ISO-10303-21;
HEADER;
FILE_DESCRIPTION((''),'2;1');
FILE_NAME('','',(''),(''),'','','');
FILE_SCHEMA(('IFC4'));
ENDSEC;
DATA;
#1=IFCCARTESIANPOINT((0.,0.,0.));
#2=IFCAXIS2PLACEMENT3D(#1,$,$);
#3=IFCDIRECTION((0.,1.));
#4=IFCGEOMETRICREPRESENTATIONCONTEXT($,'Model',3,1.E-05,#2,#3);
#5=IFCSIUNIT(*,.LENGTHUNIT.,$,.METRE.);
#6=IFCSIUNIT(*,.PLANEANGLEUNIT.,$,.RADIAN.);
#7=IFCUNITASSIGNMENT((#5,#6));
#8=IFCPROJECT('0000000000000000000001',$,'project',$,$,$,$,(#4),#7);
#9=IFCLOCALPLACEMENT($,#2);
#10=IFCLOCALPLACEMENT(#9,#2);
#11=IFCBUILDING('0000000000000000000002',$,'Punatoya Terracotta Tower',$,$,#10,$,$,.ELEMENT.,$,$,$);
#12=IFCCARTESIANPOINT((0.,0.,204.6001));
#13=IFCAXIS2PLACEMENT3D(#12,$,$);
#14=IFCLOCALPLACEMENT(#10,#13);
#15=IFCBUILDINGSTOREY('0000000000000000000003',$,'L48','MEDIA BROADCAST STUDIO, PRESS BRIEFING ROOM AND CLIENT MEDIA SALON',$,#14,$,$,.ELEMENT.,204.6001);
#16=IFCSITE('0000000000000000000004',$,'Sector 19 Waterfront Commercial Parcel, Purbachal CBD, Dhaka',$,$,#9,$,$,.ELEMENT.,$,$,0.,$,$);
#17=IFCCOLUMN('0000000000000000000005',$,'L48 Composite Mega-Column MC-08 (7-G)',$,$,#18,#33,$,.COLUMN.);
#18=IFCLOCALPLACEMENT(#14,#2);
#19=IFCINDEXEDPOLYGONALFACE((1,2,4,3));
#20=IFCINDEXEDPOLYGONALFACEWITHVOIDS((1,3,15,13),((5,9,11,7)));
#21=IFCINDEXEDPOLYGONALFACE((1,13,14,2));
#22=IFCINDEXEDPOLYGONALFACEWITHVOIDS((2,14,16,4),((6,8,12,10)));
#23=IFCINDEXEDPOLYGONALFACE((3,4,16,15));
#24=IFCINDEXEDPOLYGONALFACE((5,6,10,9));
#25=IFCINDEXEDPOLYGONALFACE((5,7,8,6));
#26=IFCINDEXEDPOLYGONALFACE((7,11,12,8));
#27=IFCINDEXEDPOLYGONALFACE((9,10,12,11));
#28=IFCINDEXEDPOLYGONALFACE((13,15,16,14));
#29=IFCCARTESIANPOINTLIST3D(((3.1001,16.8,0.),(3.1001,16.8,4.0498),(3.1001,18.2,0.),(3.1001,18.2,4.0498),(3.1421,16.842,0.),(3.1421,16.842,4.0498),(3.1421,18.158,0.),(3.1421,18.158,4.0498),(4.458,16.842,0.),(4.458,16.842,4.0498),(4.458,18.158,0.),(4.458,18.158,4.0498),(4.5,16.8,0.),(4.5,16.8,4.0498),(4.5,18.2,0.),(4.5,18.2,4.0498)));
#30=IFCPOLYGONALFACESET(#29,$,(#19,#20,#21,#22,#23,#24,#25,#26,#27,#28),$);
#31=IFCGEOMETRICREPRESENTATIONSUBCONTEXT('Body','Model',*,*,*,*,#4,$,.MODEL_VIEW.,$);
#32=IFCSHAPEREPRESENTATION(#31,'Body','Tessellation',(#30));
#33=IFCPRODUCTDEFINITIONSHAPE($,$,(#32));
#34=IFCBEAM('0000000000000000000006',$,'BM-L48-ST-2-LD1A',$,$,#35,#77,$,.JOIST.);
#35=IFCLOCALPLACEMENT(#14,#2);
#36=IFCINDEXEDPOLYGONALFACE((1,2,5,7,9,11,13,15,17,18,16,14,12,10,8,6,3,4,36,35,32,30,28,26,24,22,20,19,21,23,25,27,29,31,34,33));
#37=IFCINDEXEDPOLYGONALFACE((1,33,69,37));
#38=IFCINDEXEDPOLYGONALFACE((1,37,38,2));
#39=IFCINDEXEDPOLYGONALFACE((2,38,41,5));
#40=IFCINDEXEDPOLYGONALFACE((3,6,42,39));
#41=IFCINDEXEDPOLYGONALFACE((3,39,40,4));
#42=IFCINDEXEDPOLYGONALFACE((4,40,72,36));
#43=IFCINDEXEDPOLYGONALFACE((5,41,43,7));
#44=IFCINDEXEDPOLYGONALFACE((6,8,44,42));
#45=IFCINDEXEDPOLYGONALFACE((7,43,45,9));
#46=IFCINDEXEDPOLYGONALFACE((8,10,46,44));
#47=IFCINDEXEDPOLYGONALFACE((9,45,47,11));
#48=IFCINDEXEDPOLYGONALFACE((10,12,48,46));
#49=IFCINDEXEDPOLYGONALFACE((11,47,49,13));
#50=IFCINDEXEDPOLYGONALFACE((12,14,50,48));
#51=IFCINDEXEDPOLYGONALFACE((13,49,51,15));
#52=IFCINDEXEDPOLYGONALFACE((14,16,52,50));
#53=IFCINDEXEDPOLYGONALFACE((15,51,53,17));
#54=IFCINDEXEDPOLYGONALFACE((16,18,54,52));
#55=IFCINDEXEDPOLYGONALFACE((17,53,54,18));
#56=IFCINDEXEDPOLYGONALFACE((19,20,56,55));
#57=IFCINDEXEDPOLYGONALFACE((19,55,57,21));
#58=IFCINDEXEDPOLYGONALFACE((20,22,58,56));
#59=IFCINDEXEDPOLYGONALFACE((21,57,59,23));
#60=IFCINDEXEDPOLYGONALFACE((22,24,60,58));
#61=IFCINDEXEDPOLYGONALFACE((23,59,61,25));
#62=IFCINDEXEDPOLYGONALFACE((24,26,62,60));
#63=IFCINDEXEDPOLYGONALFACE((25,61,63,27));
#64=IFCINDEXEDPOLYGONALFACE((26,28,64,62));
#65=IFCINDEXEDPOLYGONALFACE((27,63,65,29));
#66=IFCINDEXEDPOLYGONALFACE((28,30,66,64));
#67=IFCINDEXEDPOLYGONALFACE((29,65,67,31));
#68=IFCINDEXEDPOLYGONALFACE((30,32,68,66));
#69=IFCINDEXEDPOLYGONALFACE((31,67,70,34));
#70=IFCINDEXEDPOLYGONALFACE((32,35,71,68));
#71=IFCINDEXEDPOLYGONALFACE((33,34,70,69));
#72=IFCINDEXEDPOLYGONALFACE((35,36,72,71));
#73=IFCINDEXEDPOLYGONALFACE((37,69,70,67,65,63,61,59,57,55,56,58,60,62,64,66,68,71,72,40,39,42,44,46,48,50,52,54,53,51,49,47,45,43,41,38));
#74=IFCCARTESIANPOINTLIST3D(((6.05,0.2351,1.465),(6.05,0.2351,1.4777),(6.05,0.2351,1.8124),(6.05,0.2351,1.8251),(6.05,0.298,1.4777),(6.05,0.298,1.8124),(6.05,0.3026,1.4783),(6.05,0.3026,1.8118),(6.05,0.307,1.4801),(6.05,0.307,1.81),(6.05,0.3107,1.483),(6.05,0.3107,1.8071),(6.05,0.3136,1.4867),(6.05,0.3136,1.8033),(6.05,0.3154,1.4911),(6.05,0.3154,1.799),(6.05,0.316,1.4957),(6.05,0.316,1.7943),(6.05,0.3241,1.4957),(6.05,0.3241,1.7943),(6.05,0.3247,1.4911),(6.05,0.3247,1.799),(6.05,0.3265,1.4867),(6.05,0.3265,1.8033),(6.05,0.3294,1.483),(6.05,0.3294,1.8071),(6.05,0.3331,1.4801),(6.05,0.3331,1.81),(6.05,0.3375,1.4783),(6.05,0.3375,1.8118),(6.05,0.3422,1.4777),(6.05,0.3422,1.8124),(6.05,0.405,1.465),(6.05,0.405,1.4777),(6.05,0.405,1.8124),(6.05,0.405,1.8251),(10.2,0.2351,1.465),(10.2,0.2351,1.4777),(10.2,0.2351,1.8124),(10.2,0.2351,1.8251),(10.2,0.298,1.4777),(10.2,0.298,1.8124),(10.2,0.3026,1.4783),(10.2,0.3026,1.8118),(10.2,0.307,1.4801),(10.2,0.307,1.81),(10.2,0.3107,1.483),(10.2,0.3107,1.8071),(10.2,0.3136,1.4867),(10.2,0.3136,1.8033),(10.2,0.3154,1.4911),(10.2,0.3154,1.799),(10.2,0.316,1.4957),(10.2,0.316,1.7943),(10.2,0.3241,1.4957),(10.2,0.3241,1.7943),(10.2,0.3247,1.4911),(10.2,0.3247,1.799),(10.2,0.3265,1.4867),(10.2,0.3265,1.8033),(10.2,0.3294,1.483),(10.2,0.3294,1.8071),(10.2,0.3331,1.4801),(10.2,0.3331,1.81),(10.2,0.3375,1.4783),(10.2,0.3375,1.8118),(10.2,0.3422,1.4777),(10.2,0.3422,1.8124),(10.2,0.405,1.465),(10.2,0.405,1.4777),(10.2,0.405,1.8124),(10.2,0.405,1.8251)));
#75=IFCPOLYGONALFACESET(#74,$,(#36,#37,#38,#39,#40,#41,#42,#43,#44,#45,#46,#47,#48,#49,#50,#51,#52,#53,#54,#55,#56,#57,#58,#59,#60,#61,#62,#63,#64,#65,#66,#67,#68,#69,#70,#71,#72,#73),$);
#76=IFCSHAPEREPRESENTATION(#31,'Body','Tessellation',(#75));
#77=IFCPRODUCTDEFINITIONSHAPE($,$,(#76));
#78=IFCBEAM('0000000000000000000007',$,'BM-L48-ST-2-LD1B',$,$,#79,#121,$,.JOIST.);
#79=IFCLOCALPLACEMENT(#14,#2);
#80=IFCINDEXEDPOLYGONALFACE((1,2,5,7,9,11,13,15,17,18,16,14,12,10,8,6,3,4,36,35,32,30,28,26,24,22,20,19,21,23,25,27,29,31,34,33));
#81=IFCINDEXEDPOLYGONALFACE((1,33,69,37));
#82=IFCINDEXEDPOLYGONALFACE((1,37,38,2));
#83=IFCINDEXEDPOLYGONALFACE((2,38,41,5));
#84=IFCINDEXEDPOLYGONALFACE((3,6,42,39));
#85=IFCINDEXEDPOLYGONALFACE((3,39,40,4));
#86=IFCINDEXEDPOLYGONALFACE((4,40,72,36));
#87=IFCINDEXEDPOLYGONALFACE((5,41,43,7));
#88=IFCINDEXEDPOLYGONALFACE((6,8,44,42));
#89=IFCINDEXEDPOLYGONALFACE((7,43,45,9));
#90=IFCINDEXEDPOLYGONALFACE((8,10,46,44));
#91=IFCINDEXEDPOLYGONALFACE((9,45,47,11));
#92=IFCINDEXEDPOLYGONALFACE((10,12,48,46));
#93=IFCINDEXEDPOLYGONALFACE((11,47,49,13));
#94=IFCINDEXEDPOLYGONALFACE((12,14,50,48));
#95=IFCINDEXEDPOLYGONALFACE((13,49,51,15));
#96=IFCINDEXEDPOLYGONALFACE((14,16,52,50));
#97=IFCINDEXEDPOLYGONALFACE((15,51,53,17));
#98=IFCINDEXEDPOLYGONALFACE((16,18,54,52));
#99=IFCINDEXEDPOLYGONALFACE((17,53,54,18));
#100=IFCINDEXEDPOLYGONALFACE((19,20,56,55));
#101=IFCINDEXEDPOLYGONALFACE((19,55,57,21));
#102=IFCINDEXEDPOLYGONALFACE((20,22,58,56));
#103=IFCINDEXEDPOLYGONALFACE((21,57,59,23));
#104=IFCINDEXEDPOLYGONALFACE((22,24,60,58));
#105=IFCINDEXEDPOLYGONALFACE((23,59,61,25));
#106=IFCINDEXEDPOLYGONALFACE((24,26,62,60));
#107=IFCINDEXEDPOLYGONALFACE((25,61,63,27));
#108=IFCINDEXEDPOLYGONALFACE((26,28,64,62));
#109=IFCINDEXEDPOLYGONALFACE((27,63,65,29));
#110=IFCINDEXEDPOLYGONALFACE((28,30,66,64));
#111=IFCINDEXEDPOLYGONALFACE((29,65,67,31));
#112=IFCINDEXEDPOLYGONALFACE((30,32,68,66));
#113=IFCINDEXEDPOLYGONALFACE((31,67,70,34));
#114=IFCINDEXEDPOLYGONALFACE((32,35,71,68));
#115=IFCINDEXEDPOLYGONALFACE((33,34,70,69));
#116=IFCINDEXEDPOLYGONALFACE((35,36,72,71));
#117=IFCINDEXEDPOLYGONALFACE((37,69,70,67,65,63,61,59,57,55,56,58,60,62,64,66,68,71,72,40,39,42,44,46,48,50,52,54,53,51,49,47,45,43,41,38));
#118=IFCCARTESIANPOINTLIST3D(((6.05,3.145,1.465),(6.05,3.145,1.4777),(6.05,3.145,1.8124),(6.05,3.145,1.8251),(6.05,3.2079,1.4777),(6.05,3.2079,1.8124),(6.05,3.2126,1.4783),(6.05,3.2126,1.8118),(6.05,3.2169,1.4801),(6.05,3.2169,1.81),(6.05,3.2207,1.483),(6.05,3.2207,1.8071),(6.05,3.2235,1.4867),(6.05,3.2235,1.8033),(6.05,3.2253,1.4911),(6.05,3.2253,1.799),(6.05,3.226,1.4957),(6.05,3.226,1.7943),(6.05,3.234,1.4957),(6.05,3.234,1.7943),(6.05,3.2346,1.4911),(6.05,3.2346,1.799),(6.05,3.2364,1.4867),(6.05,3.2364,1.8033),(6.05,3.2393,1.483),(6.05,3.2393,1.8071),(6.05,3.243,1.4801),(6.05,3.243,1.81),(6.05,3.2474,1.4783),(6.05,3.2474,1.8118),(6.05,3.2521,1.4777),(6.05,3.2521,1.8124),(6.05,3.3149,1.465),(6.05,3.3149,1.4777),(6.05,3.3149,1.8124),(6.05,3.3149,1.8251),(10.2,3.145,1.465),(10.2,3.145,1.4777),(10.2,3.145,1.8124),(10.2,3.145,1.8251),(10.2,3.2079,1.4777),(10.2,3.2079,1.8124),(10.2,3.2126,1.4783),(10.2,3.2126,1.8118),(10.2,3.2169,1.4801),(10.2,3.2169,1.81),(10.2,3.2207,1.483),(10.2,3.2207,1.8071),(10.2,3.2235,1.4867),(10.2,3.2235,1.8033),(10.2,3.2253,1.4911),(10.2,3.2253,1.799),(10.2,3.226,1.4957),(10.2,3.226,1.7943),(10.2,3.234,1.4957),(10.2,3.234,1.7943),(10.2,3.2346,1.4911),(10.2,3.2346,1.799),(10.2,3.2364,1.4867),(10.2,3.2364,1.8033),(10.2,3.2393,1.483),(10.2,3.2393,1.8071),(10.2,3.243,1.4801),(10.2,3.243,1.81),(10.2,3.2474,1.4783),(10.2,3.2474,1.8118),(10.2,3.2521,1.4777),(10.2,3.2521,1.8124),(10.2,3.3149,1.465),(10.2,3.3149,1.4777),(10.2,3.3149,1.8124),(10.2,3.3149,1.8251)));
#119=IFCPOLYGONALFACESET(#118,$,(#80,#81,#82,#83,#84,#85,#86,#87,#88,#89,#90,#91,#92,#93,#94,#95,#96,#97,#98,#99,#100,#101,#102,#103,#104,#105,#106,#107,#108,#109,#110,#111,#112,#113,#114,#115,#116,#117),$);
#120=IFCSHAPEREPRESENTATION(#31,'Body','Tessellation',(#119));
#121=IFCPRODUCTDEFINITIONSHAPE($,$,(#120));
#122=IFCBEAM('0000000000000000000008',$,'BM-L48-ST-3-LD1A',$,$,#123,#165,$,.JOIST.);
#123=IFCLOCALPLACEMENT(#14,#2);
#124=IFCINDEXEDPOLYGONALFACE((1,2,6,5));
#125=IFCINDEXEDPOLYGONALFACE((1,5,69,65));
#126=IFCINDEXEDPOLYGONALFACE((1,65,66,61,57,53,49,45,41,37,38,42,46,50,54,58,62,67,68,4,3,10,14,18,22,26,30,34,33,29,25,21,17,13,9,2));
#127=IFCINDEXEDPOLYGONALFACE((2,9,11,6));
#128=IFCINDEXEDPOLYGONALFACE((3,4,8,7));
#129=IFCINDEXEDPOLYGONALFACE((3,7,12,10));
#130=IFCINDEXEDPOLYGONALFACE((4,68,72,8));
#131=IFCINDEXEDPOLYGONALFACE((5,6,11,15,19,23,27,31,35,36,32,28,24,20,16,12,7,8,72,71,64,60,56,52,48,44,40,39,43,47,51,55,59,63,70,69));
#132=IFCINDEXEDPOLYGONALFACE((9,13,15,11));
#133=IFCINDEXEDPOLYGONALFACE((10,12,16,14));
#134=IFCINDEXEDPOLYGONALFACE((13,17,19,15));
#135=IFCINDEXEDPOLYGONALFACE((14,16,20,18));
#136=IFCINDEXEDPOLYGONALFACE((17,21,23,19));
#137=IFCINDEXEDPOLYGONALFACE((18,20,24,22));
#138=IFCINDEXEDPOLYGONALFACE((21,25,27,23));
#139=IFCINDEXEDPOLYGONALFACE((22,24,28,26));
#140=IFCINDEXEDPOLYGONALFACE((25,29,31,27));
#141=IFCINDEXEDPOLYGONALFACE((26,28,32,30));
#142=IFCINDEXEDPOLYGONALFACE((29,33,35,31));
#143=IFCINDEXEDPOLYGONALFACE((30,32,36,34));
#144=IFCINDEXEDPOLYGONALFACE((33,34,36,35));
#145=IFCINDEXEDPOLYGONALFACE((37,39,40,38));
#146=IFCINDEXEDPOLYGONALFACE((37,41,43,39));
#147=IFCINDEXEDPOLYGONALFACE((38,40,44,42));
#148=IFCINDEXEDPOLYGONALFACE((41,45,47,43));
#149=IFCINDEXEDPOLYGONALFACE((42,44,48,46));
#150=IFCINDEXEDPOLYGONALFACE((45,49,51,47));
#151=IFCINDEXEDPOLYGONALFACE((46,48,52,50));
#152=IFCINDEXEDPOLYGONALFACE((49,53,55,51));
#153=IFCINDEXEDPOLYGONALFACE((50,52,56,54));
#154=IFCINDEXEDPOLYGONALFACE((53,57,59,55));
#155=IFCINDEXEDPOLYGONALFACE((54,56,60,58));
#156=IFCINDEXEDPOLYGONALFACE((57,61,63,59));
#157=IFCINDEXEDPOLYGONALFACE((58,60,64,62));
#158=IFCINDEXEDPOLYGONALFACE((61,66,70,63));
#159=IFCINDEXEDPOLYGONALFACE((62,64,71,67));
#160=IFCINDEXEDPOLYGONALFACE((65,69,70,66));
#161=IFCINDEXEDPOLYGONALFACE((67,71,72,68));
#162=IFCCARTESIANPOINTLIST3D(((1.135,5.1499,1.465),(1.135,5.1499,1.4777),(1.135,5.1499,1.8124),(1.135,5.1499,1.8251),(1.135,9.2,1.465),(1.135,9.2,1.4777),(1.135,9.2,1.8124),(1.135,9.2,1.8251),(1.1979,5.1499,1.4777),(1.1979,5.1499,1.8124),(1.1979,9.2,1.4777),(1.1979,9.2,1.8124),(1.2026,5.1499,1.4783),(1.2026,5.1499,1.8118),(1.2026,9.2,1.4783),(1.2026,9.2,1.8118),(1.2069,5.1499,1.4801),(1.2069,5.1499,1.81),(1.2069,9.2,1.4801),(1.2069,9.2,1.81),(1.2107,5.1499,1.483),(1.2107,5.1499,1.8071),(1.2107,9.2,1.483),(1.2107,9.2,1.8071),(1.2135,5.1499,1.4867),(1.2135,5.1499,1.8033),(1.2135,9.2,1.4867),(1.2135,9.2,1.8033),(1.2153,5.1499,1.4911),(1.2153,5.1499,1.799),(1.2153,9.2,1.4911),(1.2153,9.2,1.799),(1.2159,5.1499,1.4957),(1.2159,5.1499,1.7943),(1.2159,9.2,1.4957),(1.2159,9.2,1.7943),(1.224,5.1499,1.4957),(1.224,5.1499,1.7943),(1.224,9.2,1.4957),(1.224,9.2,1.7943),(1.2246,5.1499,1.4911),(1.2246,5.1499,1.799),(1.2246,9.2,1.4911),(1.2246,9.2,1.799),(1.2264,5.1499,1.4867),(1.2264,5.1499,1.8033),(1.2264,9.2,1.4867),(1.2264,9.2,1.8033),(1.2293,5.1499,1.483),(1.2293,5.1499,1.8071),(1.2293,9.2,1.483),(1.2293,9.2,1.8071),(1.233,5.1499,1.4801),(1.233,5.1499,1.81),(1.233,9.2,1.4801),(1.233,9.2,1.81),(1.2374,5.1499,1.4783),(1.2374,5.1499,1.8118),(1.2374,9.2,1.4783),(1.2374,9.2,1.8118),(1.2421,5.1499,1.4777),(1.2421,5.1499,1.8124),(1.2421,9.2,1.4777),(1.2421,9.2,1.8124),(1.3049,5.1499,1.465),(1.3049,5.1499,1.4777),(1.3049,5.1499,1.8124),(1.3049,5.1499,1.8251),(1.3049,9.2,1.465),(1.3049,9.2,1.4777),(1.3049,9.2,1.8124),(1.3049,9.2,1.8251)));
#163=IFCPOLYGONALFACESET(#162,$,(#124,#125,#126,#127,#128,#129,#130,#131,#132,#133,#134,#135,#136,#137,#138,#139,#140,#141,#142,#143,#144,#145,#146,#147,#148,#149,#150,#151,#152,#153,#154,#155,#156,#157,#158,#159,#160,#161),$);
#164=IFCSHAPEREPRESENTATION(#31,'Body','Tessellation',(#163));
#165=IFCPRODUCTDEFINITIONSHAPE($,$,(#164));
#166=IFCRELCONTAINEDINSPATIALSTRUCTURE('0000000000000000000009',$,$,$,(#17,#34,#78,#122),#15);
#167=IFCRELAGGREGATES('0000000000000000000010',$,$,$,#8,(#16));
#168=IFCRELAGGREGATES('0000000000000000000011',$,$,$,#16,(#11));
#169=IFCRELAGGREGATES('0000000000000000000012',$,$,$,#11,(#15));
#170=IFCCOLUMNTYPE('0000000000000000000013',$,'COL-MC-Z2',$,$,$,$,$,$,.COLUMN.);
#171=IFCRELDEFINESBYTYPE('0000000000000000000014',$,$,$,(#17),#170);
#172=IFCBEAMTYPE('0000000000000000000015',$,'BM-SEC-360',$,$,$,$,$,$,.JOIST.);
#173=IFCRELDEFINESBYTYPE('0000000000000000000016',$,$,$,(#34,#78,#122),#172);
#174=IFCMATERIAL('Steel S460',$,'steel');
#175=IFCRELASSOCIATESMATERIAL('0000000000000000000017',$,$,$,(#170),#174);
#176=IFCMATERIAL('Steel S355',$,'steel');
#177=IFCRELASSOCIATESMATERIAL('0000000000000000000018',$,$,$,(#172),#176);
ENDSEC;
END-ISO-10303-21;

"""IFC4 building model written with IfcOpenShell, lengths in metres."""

from ifc_helpers import new_model, si_unit, direction, frame, origin, origin_2d, place, context, subcontext, project, spatial, hollow_rectangle, i_section, extrude, material, material_profile, profile_set, type_object, element, save


model = new_model("IFC4")

# Units and contexts
model_context = context("Model", 3, precision=1e-05, world=origin(), true_north=direction((0.0, 1.0)))
body_context = subcontext(model_context, "Body", "Model", "MODEL_VIEW")
ifc_project = project(units=[si_unit("LENGTHUNIT", "METRE"), si_unit("PLANEANGLEUNIT", "RADIAN")], contexts=[model_context])

# Site, building, storey
site_placement = place(None, origin())
site = spatial("IfcSite", under=ifc_project, at=site_placement, Name="Sector 19 Waterfront Commercial Parcel, Purbachal CBD, Dhaka", CompositionType="ELEMENT", RefElevation=0.0)
building_placement = place(site_placement, origin())
building = spatial("IfcBuilding", under=site, at=building_placement, Name="Punatoya Terracotta Tower", CompositionType="ELEMENT")
storey_placement = place(building_placement, frame((0.0, 0.0, 204.6001)))
storey = spatial("IfcBuildingStorey", under=building, at=storey_placement, Name="L48", Description="MEDIA BROADCAST STUDIO, PRESS BRIEFING ROOM AND CLIENT MEDIA SALON", CompositionType="ELEMENT", Elevation=204.6001)

# Column
ifc_material_1 = material(Name="Steel S460", Category="steel")
ifc_material_profile_1 = material_profile(ifc_material_1, hollow_rectangle(XDim=1.3999, YDim=1.3999, WallThickness=0.042, at=origin_2d()))
ifc_profile_set_1 = profile_set([ifc_material_profile_1], Name="Steel S460")
column_type = type_object("IfcColumnType", Name="COL-MC-Z2", PredefinedType="COLUMN", material=ifc_profile_set_1)
column_placement = place(storey_placement, frame((3.8, 17.5, 0.0), z_axis=(0.0, 0.0, 1.0), x_axis=(1.0, 0.0, 0.0)))
element("IfcColumn", 1, at=column_placement, inside=storey, type_object=column_type, Name="L48 Composite Mega-Column MC-08 (7-G)", PredefinedType="COLUMN", context=body_context, shape_type="SweptSolid", body=[
    extrude(hollow_rectangle(XDim=1.3999, YDim=1.3999, WallThickness=0.042, at=origin_2d()), origin(), (0.0, 0.0, 1.0), 4.0498),
])

# Beams
ifc_material_2 = material(Name="Steel S355", Category="steel")
ifc_material_profile_2 = material_profile(ifc_material_2, i_section(OverallWidth=0.1699, OverallDepth=0.3601, WebThickness=0.0081, FlangeThickness=0.0127, FilletRadius=0.0181, at=origin_2d()))
ifc_profile_set_2 = profile_set([ifc_material_profile_2], Name="Steel S355")
beam_type_1 = type_object("IfcBeamType", Name="BM-SEC-360", PredefinedType="JOIST", material=ifc_profile_set_2)
for number, where, z_axis, x_axis, name in (
    (2, (6.05, 0.3201, 1.645), (1.0, 0.0, 0.0), (0.0, 1.0, 0.0), "BM-L48-ST-2-LD1A"),
    (3, (6.05, 3.23, 1.645), (1.0, 0.0, 0.0), (0.0, 1.0, 0.0), "BM-L48-ST-2-LD1B"),
):
    element("IfcBeam", number, at=place(storey_placement, frame(where, z_axis=z_axis, x_axis=x_axis)), inside=storey, type_object=beam_type_1, Name=name, PredefinedType="JOIST", context=body_context, shape_type="SweptSolid", body=[
        extrude(i_section(OverallWidth=0.1699, OverallDepth=0.3601, WebThickness=0.0081, FlangeThickness=0.0127, FilletRadius=0.0181, at=origin_2d()), origin(), (0.0, 0.0, 1.0), 4.1499),
    ])
for number, where, z_axis, x_axis, name in (
    (4, (1.22, 5.1499, 1.645), (0.0, 1.0, 0.0), (-1.0, 0.0, 0.0), "BM-L48-ST-3-LD1A"),
):
    element("IfcBeam", number, at=place(storey_placement, frame(where, z_axis=z_axis, x_axis=x_axis)), inside=storey, type_object=beam_type_1, Name=name, PredefinedType="JOIST", context=body_context, shape_type="SweptSolid", body=[
        extrude(i_section(OverallWidth=0.1699, OverallDepth=0.3601, WebThickness=0.0081, FlangeThickness=0.0127, FilletRadius=0.0181, at=origin_2d()), origin(), (0.0, 0.0, 1.0), 4.05),
    ])

save(model, "model.ifc")
